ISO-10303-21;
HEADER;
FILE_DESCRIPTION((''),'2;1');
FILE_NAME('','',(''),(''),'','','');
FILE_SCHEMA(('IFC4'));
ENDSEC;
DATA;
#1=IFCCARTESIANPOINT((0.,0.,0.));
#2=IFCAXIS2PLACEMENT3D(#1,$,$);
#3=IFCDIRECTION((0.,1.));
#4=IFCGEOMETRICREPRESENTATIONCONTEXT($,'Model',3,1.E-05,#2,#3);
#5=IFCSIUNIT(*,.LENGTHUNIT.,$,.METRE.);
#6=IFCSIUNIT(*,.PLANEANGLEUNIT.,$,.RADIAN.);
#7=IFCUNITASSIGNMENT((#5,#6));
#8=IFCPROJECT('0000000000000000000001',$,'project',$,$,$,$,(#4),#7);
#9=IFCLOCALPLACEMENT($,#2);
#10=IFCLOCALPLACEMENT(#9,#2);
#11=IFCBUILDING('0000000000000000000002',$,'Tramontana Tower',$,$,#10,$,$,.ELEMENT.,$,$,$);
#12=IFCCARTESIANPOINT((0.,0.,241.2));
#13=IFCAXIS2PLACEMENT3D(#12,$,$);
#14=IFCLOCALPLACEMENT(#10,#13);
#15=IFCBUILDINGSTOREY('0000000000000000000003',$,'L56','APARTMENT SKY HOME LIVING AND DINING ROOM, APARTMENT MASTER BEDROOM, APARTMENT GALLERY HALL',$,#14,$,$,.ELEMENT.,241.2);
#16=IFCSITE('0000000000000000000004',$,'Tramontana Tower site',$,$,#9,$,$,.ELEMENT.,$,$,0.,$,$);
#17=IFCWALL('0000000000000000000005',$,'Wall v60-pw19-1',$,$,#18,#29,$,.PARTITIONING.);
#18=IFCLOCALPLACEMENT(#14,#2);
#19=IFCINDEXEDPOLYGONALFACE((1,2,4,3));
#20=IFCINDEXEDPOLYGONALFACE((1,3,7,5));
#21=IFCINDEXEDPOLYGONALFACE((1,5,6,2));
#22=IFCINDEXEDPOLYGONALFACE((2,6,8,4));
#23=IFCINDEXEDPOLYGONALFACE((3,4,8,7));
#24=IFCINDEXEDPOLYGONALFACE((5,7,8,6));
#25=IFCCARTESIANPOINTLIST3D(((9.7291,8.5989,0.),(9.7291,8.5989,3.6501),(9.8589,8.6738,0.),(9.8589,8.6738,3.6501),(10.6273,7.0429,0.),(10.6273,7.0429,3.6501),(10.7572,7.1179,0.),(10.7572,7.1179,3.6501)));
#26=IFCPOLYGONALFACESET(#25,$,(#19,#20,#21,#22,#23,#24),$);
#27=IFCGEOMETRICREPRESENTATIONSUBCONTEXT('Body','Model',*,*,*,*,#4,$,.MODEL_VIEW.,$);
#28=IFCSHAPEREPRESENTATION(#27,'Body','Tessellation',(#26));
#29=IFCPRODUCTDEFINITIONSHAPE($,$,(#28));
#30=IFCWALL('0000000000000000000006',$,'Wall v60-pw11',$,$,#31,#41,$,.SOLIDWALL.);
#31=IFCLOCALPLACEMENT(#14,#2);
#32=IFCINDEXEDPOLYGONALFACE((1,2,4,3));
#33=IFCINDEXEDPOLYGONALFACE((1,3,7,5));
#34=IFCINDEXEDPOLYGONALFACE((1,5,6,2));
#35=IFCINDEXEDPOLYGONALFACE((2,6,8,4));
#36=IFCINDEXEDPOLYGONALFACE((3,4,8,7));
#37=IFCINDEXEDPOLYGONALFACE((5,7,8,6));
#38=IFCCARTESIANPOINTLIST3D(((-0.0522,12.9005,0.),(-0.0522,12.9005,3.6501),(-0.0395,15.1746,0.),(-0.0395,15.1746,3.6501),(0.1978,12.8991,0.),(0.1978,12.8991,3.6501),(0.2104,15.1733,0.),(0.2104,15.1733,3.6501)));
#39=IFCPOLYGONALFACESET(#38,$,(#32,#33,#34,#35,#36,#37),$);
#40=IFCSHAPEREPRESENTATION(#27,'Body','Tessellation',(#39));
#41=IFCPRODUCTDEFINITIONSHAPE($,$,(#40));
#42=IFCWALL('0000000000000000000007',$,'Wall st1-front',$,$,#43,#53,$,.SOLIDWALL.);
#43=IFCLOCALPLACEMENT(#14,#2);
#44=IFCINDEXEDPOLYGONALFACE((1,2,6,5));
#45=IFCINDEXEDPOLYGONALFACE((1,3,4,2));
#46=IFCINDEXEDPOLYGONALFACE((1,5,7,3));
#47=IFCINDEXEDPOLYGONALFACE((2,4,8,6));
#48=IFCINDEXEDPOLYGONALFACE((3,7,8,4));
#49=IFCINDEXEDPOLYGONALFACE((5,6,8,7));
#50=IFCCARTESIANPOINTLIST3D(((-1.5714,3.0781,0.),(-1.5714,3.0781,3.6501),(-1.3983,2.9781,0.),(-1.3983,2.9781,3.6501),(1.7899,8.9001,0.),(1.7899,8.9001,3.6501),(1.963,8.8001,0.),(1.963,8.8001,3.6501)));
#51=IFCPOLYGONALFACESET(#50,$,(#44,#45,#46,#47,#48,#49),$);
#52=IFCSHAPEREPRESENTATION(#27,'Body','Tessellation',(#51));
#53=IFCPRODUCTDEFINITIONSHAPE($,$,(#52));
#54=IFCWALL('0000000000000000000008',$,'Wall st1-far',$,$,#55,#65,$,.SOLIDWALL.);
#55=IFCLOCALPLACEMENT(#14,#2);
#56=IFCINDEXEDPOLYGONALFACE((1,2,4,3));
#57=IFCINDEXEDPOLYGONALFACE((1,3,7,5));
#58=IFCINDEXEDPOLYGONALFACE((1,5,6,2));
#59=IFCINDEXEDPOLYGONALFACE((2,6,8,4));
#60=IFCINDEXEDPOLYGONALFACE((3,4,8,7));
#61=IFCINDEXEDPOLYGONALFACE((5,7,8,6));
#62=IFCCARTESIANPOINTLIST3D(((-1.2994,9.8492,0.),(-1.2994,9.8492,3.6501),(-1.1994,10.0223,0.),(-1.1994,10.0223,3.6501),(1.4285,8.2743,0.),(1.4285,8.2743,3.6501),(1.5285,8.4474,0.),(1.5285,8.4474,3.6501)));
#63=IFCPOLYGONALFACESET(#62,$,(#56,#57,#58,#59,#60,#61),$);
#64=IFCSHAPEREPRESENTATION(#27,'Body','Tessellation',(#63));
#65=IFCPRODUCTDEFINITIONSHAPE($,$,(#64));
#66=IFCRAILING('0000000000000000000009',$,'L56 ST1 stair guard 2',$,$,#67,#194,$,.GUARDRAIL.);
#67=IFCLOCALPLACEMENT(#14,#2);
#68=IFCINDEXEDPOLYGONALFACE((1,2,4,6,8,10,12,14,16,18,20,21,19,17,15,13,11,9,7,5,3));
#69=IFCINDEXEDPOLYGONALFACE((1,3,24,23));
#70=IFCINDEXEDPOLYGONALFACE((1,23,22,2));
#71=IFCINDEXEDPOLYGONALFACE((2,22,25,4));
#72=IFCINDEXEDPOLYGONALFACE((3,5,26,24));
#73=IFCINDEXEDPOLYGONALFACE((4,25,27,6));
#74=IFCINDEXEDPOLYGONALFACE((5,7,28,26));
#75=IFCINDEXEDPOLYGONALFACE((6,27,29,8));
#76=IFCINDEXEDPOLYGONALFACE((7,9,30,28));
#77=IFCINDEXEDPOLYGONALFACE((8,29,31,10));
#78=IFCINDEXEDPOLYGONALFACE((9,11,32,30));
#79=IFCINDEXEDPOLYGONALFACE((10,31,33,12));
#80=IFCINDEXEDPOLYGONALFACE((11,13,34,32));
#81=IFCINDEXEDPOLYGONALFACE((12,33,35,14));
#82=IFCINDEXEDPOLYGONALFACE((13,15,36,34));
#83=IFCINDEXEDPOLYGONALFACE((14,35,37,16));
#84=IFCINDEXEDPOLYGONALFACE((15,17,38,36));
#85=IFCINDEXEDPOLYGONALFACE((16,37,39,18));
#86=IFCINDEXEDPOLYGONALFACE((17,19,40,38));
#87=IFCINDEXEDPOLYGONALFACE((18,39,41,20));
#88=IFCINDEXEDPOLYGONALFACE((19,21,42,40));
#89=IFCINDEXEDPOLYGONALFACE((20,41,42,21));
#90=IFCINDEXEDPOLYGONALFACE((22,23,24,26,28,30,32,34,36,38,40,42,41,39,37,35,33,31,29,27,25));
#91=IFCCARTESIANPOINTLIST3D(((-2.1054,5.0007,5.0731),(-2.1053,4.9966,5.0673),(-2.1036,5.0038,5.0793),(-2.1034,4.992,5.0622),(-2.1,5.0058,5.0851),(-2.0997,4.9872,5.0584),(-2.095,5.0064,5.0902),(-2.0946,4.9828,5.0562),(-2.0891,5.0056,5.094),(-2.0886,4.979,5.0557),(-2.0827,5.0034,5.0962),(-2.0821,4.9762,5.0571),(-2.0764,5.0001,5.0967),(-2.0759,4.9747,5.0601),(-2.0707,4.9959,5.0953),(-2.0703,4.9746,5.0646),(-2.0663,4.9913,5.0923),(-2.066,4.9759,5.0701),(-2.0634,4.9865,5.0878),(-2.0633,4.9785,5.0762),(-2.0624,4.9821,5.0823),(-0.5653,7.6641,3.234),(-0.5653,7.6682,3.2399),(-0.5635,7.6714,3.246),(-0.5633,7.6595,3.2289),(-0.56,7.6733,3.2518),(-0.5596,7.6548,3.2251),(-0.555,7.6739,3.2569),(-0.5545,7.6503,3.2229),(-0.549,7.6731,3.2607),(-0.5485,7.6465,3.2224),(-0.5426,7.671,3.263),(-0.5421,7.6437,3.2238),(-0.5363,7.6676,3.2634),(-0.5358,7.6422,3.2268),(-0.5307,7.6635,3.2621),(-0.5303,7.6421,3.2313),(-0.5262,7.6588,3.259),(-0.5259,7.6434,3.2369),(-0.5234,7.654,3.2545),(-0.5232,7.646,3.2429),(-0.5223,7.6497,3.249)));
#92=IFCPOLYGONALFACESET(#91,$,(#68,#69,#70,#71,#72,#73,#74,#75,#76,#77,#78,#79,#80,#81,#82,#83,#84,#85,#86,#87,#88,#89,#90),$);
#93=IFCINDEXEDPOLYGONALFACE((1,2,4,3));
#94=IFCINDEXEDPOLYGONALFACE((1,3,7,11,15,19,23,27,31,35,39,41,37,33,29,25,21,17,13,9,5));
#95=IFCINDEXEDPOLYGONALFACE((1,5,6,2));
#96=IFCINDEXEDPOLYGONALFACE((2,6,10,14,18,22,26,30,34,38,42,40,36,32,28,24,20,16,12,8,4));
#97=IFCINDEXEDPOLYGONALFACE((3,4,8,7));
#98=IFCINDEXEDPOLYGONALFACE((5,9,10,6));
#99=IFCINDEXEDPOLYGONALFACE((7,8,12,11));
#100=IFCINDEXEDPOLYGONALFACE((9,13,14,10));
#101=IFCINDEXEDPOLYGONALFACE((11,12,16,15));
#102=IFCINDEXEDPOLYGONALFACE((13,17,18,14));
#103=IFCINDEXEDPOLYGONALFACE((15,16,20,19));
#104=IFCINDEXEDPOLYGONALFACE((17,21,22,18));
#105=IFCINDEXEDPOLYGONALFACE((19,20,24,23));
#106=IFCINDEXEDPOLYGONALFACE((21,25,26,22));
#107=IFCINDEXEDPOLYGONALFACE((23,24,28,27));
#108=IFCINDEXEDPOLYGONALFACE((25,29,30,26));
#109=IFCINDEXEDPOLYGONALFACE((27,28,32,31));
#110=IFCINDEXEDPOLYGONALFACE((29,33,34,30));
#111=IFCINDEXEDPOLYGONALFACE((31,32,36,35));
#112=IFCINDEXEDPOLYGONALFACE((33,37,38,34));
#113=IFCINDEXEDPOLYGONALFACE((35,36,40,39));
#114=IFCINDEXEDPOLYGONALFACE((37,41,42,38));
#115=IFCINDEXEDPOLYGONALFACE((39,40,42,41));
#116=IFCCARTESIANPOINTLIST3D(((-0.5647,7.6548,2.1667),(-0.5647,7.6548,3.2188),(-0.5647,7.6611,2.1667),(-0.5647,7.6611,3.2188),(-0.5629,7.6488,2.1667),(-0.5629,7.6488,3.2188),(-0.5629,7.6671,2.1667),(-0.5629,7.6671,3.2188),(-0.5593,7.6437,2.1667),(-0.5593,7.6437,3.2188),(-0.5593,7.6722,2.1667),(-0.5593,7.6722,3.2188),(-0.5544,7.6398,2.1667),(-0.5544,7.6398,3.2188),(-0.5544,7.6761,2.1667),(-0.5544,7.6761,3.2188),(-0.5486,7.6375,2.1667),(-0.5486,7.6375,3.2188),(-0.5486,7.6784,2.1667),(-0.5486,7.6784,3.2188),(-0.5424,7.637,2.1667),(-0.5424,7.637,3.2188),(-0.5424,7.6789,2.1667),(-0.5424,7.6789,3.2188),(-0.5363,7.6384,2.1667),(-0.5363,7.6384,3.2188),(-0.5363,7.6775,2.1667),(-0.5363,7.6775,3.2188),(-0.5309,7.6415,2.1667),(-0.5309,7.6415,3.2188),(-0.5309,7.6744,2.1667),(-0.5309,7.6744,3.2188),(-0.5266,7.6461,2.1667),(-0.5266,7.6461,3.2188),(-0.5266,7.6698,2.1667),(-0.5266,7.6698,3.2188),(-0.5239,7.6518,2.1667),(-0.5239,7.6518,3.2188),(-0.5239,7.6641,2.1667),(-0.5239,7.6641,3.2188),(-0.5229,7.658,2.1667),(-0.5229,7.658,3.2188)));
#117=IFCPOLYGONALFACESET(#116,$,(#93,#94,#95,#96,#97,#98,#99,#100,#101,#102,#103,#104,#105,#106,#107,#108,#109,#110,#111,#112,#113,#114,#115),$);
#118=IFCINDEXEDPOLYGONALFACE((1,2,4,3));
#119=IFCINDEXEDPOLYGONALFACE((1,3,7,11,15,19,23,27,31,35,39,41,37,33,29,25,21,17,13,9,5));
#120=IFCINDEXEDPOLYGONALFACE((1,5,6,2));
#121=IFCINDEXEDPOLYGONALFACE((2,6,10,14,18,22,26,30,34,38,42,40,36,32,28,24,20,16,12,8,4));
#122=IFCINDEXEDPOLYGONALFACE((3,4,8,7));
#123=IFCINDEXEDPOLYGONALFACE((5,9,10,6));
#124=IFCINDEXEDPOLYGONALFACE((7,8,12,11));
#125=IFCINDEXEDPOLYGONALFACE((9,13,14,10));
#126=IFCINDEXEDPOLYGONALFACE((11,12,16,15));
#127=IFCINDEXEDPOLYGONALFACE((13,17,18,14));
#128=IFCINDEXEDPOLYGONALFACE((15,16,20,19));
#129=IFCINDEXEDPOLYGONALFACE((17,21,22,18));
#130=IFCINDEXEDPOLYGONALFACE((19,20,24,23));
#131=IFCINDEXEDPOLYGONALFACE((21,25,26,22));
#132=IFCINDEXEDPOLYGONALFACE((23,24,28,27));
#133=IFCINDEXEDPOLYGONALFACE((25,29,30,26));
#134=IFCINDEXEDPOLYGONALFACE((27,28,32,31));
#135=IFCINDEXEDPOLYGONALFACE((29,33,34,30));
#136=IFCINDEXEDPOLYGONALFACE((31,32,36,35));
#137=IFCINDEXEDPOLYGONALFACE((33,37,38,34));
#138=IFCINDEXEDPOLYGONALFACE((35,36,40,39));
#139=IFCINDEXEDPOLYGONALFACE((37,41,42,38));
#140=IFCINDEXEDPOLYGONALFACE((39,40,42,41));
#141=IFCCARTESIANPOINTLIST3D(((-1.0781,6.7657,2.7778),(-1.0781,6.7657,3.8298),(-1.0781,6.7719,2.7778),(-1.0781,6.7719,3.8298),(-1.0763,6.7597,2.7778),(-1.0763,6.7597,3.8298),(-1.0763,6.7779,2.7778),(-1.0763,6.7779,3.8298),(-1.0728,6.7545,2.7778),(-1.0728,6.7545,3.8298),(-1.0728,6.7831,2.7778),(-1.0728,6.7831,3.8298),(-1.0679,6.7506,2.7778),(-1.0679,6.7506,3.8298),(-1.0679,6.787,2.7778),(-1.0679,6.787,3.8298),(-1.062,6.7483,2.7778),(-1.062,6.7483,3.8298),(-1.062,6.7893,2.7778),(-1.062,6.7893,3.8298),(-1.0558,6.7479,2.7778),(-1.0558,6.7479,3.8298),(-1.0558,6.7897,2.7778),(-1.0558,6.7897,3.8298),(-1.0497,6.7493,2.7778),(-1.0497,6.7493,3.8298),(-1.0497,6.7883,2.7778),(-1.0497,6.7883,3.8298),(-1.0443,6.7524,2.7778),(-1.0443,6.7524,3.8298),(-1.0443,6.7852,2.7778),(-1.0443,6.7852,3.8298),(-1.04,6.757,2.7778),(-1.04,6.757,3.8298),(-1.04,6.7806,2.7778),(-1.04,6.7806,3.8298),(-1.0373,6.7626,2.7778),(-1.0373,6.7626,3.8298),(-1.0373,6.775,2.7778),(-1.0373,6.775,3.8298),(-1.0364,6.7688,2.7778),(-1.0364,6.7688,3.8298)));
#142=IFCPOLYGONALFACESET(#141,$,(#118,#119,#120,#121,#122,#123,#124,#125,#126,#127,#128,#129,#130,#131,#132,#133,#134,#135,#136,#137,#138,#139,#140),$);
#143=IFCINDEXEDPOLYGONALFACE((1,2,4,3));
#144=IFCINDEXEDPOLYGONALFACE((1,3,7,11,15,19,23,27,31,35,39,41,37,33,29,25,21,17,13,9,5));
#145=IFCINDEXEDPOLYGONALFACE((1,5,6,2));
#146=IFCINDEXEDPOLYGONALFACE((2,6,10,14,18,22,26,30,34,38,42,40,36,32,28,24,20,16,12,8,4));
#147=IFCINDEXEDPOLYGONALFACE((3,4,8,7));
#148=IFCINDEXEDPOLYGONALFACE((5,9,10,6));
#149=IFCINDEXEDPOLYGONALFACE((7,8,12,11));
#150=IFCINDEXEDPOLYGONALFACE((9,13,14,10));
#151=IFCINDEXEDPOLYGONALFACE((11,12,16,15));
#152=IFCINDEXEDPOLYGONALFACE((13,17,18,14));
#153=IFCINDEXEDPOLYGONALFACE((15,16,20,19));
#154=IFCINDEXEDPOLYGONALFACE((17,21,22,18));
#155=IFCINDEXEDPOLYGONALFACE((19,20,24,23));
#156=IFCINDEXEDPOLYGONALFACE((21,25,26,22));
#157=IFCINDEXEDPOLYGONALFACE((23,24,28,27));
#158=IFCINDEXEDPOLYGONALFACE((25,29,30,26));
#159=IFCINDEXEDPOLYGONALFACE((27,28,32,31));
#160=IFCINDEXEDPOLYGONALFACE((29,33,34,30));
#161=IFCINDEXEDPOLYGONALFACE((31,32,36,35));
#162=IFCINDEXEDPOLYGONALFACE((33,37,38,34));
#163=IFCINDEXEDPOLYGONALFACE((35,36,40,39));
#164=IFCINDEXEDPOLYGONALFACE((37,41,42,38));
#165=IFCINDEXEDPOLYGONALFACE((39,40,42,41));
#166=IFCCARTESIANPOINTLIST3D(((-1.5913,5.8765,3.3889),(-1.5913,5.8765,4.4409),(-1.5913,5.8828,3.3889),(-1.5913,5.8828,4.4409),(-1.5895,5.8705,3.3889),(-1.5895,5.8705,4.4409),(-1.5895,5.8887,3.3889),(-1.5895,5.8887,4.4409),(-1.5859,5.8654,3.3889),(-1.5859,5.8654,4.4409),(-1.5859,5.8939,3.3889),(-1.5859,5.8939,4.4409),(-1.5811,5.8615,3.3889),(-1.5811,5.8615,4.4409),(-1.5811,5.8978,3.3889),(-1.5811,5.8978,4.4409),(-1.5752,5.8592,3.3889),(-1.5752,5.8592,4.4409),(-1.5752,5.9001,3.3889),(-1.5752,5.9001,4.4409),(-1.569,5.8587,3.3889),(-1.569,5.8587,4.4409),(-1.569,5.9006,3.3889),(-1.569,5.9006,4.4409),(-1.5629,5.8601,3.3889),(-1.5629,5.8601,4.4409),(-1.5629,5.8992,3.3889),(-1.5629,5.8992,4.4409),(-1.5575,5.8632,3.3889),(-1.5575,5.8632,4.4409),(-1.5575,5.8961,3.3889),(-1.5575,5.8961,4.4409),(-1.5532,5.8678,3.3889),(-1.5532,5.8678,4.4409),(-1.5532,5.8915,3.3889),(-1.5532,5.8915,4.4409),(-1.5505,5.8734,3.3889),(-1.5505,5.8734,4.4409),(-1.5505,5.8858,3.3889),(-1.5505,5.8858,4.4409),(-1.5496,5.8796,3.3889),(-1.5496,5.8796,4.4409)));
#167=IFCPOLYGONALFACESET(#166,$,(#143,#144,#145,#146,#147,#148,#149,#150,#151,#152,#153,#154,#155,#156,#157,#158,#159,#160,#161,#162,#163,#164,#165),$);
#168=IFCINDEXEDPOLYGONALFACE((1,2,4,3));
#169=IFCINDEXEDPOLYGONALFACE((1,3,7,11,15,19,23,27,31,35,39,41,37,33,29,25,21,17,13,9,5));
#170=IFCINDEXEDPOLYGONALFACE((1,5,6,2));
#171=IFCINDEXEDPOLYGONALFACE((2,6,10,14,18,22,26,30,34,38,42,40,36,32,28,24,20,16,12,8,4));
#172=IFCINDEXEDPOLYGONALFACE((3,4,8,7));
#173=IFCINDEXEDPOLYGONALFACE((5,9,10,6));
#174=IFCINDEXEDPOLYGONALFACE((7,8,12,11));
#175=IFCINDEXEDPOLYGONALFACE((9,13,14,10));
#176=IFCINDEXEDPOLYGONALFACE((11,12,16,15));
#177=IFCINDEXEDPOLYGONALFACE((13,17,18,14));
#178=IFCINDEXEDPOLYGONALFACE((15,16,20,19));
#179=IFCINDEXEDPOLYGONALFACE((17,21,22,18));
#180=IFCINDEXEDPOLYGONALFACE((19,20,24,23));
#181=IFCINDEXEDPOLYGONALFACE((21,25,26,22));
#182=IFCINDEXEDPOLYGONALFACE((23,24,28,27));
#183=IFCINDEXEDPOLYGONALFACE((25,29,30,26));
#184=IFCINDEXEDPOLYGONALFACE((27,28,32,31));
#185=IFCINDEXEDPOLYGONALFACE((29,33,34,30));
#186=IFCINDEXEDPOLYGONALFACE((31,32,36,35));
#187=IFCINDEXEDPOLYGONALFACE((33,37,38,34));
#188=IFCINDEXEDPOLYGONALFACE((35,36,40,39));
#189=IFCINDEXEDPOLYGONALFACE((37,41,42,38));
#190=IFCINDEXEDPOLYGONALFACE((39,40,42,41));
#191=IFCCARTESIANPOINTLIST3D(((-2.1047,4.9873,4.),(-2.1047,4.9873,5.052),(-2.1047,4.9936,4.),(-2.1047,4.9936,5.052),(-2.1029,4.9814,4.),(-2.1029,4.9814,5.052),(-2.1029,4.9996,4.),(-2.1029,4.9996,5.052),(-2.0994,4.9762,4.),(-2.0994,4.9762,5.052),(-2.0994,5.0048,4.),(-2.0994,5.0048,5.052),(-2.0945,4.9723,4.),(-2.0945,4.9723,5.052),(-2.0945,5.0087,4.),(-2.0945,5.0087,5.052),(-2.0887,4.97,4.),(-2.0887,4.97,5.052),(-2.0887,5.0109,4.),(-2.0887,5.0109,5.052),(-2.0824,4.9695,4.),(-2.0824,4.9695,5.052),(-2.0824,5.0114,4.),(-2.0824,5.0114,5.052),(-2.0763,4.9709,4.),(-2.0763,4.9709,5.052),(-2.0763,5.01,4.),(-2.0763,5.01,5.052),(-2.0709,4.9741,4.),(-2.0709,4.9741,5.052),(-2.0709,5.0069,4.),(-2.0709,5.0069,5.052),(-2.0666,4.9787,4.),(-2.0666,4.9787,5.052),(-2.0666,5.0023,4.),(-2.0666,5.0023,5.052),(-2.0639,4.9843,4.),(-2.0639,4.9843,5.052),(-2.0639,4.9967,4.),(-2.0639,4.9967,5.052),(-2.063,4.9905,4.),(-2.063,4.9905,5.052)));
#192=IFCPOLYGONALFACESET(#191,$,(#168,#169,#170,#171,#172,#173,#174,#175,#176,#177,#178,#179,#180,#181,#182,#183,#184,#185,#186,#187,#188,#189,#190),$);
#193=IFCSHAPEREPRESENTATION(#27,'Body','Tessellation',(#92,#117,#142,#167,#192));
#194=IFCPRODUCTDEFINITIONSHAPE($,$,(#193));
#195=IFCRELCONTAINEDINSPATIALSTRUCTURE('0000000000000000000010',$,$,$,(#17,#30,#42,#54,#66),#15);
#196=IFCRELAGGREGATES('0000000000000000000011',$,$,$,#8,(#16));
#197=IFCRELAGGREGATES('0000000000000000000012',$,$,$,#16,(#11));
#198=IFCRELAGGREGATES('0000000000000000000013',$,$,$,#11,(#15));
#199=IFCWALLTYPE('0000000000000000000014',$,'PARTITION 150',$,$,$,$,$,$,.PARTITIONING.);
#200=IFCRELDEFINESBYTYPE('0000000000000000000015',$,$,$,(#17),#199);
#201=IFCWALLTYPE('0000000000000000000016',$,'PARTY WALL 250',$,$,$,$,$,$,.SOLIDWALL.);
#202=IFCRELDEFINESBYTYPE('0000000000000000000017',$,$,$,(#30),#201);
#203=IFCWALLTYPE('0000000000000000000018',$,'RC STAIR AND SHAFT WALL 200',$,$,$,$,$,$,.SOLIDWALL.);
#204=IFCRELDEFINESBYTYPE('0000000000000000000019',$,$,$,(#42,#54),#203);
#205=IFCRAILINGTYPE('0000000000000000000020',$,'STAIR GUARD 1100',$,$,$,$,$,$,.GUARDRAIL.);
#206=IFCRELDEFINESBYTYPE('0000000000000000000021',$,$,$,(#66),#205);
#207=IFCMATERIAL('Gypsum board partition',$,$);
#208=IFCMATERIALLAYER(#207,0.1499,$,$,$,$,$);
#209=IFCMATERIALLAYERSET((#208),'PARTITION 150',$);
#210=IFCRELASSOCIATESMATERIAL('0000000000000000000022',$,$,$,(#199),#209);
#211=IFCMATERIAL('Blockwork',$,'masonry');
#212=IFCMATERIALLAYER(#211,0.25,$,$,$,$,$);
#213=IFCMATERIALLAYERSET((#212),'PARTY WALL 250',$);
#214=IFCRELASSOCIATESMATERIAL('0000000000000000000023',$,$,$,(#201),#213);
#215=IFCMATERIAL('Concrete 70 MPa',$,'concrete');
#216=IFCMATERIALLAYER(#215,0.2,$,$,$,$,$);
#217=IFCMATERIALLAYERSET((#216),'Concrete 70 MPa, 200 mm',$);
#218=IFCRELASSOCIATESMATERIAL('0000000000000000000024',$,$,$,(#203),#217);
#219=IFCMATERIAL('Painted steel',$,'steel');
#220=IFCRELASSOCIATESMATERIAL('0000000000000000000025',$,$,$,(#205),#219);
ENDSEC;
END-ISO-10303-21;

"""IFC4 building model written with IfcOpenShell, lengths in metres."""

from ifc_helpers import new_model, si_unit, direction, frame, frame_2d, origin, origin_2d, place, context, subcontext, project, spatial, rectangle, circle, extrude, material, layer, layer_set, type_object, element, save


model = new_model("IFC4")

# Units and contexts
model_context = context("Model", 3, precision=1e-05, world=origin(), true_north=direction((0.0, 1.0)))
body_context = subcontext(model_context, "Body", "Model", "MODEL_VIEW")
ifc_project = project(units=[si_unit("LENGTHUNIT", "METRE"), si_unit("PLANEANGLEUNIT", "RADIAN")], contexts=[model_context])

# Site, building, storey
site_placement = place(None, origin())
site = spatial("IfcSite", under=ifc_project, at=site_placement, Name="Tramontana Tower site", CompositionType="ELEMENT", RefElevation=0.0)
building_placement = place(site_placement, origin())
building = spatial("IfcBuilding", under=site, at=building_placement, Name="Tramontana Tower", CompositionType="ELEMENT")
storey_placement = place(building_placement, frame((0.0, 0.0, 241.2)))
storey = spatial("IfcBuildingStorey", under=building, at=storey_placement, Name="L56", Description="APARTMENT SKY HOME LIVING AND DINING ROOM, APARTMENT MASTER BEDROOM, APARTMENT GALLERY HALL", CompositionType="ELEMENT", Elevation=241.2)

# Shared definitions
ifc_material_1 = material(Name="Gypsum board partition")
ifc_layer_1 = layer(ifc_material_1, 0.1499)
ifc_layer_set_1 = layer_set([ifc_layer_1], Name="PARTITION 150")
wall_type_1 = type_object("IfcWallType", Name="PARTITION 150", PredefinedType="PARTITIONING", material=ifc_layer_set_1)

# Walls
wall_1_placement = place(storey_placement, frame((9.7939, 8.6365, 0.0), z_axis=(0.0, 0.0, 1.0), x_axis=(0.499954, -0.866052, 0.0)))
element("IfcWall", 1, at=wall_1_placement, inside=storey, type_object=wall_type_1, Name="Wall v60-pw19-1", PredefinedType="PARTITIONING", context=body_context, shape_type="SweptSolid", body=[
    extrude(rectangle(XDim=1.7966, YDim=0.1499, at=frame_2d((0.8984, 0.0))), origin(), (0.0, 0.0, 1.0), 3.6501),
])
ifc_material_2 = material(Name="Blockwork", Category="masonry")
ifc_layer_2 = layer(ifc_material_2, 0.25)
ifc_layer_set_2 = layer_set([ifc_layer_2], Name="PARTY WALL 250")
wall_type_2 = type_object("IfcWallType", Name="PARTY WALL 250", PredefinedType="SOLIDWALL", material=ifc_layer_set_2)
wall_2_placement = place(storey_placement, frame((0.0854, 15.1741, 0.0), z_axis=(0.0, 0.0, 1.0), x_axis=(-0.005582, -0.999984, 0.0)))
element("IfcWall", 2, at=wall_2_placement, inside=storey, type_object=wall_type_2, Name="Wall v60-pw11", PredefinedType="SOLIDWALL", context=body_context, shape_type="SweptSolid", body=[
    extrude(rectangle(XDim=2.2742, YDim=0.25, at=frame_2d((1.1372, 0.0))), origin(), (0.0, 0.0, 1.0), 3.6501),
])
ifc_material_3 = material(Name="Concrete 70 MPa", Category="concrete")
ifc_layer_3 = layer(ifc_material_3, 0.2)
ifc_layer_set_3 = layer_set([ifc_layer_3], Name="Concrete 70 MPa, 200 mm")
wall_type_3 = type_object("IfcWallType", Name="RC STAIR AND SHAFT WALL 200", PredefinedType="SOLIDWALL", material=ifc_layer_set_3)
wall_3_placement = place(storey_placement, frame((1.8765, 8.8501, 0.0), z_axis=(0.0, 0.0, 1.0), x_axis=(-0.499998, -0.866027, 0.0)))
element("IfcWall", 3, at=wall_3_placement, inside=storey, type_object=wall_type_3, Name="Wall st1-front", PredefinedType="SOLIDWALL", context=body_context, shape_type="SweptSolid", body=[
    extrude(rectangle(XDim=6.7227, YDim=0.2, at=frame_2d((3.3613, 0.0))), origin(), (0.0, 0.0, 1.0), 3.6501),
])
wall_4_placement = place(storey_placement, frame((1.4785, 8.3608, 0.0), z_axis=(0.0, 0.0, 1.0), x_axis=(-0.866036, 0.499982, 0.0)))
element("IfcWall", 4, at=wall_4_placement, inside=storey, type_object=wall_type_3, Name="Wall st1-far", PredefinedType="SOLIDWALL", context=body_context, shape_type="SweptSolid", body=[
    extrude(rectangle(XDim=3.1499, YDim=0.2, at=frame_2d((1.575, 0.0))), origin(), (0.0, 0.0, 1.0), 3.6501),
])

# Railing
ifc_material_4 = material(Name="Painted steel", Category="steel")
railing_type = type_object("IfcRailingType", Name="STAIR GUARD 1100", PredefinedType="GUARDRAIL", material=ifc_material_4)
railing_1_placement = place(storey_placement, frame((-0.5439, 7.658, 2.1667)))
element("IfcRailing", 5, at=railing_1_placement, inside=storey, type_object=railing_type, Name="L56 ST1 stair guard 2", PredefinedType="GUARDRAIL", context=body_context, shape_type="SweptSolid", body=[
    extrude(circle(Radius=0.0239, at=origin_2d()), frame((0.0, 0.0, 1.0762), z_axis=(-0.429649, -0.74419, 0.511452), x_axis=(0.86603, -0.499992, 0.0)), (0.0, 0.0, 1.0), 3.5845),
    extrude(circle(Radius=0.021, at=origin_2d()), origin(), (0.0, 0.0, 1.0), 1.052),
    extrude(circle(Radius=0.021, at=origin_2d()), frame((-0.5134, -0.8892, 0.6111)), (0.0, 0.0, 1.0), 1.052),
    extrude(circle(Radius=0.021, at=origin_2d()), frame((-1.0266, -1.7783, 1.2222)), (0.0, 0.0, 1.0), 1.052),
    extrude(circle(Radius=0.021, at=origin_2d()), frame((-1.54, -2.6675, 1.8333)), (0.0, 0.0, 1.0), 1.052),
])

save(model, "model.ifc")
